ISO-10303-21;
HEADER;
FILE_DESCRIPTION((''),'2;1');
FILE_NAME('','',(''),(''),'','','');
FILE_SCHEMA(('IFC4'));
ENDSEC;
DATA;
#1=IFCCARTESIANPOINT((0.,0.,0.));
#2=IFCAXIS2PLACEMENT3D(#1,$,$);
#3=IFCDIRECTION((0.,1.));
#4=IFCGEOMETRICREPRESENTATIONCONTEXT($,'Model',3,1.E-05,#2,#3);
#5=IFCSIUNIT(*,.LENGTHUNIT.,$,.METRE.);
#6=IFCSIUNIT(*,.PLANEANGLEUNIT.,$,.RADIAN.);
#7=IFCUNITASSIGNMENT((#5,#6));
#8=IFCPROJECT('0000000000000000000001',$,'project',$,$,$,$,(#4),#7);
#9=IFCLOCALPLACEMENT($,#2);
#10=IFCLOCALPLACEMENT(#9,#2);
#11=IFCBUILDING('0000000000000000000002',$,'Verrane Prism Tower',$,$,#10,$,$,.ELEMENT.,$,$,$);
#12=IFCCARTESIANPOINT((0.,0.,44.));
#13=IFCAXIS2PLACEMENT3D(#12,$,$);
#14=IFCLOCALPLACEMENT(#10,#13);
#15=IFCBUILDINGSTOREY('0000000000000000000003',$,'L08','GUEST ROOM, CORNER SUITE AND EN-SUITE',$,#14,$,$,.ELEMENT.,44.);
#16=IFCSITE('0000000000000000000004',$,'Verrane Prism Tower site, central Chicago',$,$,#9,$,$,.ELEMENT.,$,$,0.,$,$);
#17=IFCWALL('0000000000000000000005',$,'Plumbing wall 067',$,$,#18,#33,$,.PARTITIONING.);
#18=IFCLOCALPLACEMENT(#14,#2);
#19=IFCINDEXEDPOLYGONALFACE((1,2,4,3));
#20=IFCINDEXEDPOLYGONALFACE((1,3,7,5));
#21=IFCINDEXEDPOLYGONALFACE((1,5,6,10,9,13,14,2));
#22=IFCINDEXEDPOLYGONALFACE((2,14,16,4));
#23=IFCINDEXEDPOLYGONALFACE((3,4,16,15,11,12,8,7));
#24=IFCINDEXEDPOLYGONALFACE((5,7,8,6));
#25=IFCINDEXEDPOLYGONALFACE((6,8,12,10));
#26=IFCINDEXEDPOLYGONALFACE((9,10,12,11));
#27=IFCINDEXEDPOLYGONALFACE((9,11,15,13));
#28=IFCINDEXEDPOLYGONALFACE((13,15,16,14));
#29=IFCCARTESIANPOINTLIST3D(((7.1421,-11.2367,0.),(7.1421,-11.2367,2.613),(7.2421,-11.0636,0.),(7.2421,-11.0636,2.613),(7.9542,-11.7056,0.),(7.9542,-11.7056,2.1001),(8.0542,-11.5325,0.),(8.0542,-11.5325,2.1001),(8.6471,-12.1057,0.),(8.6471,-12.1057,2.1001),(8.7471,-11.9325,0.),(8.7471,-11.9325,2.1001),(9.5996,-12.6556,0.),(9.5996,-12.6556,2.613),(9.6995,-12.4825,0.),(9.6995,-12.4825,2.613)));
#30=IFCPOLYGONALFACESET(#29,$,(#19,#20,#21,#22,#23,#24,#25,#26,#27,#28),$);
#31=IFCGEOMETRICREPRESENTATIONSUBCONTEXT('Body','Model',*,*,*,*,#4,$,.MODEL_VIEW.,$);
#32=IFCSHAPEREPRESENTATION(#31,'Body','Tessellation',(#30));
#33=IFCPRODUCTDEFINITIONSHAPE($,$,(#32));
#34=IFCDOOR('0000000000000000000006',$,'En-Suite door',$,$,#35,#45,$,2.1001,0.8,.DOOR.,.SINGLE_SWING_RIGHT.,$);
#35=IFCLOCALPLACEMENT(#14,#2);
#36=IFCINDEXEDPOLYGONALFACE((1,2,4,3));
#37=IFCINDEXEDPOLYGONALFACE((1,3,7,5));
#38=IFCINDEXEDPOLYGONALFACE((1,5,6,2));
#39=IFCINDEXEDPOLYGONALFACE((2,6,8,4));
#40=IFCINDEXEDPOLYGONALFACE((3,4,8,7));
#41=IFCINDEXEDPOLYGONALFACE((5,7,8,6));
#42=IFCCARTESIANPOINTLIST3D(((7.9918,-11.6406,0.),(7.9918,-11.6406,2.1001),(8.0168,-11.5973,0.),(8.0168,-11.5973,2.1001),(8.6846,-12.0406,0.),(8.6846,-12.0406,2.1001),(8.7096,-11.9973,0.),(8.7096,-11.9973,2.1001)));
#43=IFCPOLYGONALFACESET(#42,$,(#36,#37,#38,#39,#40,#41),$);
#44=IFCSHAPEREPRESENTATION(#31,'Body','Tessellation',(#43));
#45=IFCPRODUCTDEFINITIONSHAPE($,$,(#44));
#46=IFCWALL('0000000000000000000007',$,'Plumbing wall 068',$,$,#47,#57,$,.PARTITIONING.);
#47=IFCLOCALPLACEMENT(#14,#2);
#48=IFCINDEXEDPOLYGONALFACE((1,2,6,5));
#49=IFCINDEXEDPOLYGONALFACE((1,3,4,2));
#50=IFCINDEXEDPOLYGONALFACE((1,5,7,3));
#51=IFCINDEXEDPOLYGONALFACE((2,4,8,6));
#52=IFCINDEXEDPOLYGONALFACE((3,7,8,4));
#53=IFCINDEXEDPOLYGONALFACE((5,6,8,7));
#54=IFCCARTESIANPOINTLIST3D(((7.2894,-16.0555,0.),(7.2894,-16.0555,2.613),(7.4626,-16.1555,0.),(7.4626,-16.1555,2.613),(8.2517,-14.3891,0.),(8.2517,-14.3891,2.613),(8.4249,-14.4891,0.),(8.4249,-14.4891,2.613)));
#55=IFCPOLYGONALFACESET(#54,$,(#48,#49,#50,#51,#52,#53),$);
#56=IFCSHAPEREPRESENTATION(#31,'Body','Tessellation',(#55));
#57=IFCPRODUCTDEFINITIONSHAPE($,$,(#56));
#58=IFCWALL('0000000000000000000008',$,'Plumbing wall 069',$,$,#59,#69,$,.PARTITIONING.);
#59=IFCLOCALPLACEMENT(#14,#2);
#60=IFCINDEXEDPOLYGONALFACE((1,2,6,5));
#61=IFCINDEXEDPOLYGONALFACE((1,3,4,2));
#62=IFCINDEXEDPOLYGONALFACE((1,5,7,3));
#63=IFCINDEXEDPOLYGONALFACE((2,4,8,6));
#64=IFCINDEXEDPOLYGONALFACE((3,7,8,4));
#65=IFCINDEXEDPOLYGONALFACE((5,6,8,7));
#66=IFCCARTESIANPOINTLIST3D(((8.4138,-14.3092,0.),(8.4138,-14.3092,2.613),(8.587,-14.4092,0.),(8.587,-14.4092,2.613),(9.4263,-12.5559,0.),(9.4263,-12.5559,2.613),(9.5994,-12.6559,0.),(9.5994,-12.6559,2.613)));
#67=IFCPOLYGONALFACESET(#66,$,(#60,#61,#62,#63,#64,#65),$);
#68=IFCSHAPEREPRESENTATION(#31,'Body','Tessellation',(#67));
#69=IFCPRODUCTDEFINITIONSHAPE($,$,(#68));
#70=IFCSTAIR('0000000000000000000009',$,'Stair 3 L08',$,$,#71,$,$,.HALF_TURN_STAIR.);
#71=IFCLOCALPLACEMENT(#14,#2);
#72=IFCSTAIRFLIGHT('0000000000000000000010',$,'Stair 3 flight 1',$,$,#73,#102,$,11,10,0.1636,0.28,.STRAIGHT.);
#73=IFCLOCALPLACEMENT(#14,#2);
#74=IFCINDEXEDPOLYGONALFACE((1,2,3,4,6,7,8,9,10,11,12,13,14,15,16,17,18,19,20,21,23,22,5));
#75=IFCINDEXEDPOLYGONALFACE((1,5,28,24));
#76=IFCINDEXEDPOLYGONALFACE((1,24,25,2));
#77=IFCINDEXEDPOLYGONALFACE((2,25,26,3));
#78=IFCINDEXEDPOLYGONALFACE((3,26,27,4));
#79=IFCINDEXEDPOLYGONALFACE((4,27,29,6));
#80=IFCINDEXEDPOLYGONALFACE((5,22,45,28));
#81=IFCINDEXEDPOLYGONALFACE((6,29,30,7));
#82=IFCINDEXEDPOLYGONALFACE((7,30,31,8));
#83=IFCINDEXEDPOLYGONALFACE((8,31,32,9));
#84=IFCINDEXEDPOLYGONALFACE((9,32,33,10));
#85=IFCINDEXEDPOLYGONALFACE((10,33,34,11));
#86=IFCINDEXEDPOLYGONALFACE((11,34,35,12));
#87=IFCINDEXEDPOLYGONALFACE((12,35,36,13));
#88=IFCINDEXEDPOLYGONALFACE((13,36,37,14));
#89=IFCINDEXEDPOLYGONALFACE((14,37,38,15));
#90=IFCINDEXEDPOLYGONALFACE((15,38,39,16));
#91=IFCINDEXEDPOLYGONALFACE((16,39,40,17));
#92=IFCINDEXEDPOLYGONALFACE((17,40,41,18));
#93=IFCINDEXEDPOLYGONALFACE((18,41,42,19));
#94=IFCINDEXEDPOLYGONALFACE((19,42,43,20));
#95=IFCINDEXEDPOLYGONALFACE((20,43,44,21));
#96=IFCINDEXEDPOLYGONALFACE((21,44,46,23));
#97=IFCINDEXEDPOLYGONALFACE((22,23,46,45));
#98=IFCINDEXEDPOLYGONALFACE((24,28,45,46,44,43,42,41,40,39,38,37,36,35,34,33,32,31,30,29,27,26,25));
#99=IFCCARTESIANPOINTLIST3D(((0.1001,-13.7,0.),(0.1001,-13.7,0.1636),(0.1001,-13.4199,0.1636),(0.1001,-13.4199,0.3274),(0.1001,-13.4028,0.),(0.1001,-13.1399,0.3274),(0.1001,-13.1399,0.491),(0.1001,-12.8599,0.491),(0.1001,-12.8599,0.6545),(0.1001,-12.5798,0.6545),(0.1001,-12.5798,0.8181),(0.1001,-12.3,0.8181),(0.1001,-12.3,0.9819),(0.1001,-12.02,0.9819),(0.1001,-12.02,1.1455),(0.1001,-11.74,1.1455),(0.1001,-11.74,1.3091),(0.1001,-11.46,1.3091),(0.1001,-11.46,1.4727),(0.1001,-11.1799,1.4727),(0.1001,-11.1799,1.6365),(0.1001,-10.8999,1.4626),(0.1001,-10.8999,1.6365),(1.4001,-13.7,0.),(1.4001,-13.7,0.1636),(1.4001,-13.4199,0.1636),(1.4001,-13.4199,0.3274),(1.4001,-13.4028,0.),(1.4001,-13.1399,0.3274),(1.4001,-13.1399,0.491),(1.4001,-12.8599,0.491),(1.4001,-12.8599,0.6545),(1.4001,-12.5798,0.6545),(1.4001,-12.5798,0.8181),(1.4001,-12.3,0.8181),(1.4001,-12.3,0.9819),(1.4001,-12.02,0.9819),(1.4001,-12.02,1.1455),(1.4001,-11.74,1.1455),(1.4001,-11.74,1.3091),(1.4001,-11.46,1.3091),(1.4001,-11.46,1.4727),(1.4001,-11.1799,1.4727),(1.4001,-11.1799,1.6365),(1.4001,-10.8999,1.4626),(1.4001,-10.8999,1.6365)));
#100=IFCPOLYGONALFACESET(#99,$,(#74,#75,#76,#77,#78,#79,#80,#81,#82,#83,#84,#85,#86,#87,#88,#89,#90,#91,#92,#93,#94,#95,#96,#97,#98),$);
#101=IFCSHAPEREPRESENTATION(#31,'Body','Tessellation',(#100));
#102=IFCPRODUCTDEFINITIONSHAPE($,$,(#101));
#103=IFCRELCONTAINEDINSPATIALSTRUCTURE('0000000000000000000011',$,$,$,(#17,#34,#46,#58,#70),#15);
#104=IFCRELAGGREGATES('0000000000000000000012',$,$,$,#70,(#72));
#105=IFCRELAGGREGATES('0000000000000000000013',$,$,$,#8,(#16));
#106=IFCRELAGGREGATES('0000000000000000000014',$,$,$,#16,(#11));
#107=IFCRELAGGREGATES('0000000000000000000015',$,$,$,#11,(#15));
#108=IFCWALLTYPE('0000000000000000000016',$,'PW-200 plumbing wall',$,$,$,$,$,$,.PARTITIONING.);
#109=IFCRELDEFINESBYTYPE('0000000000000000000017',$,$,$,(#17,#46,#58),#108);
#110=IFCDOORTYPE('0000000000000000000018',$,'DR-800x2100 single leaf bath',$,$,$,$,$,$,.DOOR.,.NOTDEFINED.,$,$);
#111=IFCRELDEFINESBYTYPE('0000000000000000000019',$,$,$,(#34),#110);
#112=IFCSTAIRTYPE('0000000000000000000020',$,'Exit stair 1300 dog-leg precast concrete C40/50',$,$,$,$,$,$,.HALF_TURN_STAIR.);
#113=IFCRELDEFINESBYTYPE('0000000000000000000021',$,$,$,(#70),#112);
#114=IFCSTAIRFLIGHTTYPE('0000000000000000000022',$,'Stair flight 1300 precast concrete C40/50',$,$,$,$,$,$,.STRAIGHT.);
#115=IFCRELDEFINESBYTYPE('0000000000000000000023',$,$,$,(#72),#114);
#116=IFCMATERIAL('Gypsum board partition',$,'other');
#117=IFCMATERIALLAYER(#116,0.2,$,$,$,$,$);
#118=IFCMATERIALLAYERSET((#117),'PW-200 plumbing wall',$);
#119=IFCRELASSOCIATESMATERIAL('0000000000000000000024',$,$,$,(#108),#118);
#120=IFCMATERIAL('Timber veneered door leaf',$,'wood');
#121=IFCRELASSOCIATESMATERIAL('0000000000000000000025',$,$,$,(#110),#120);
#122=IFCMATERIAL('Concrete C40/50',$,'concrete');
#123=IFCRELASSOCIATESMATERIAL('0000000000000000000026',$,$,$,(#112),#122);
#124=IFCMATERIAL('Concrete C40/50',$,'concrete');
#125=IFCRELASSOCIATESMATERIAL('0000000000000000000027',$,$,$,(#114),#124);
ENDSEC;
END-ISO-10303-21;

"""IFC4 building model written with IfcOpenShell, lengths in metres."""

from ifc_helpers import new_model, si_unit, direction, frame, frame_2d, origin, place, context, subcontext, project, spatial, polyline, rectangle, outline, extrude, material, layer, layer_set, type_object, element, fill, aggregate, save


model = new_model("IFC4")

# Units and contexts
model_context = context("Model", 3, precision=1e-05, world=origin(), true_north=direction((0.0, 1.0)))
body_context = subcontext(model_context, "Body", "Model", "MODEL_VIEW")
ifc_project = project(units=[si_unit("LENGTHUNIT", "METRE"), si_unit("PLANEANGLEUNIT", "RADIAN")], contexts=[model_context])

# Site, building, storey
site_placement = place(None, origin())
site = spatial("IfcSite", under=ifc_project, at=site_placement, Name="Verrane Prism Tower site, central Chicago", CompositionType="ELEMENT", RefElevation=0.0)
building_placement = place(site_placement, origin())
building = spatial("IfcBuilding", under=site, at=building_placement, Name="Verrane Prism Tower", CompositionType="ELEMENT")
storey_placement = place(building_placement, frame((0.0, 0.0, 44.0)))
storey = spatial("IfcBuildingStorey", under=building, at=storey_placement, Name="L08", Description="GUEST ROOM, CORNER SUITE AND EN-SUITE", CompositionType="ELEMENT", Elevation=44.0)

# Wall, opening, door
ifc_material_1 = material(Name="Gypsum board partition", Category="other")
ifc_layer_1 = layer(ifc_material_1, 0.2)
ifc_layer_set_1 = layer_set([ifc_layer_1], Name="PW-200 plumbing wall")
wall_type_1 = type_object("IfcWallType", Name="PW-200 plumbing wall", PredefinedType="PARTITIONING", material=ifc_layer_set_1)
ifc_material_2 = material(Name="Timber veneered door leaf", Category="wood")
door_type_1 = type_object("IfcDoorType", Name="DR-800x2100 single leaf bath", OperationType="NOTDEFINED", PredefinedType="DOOR", material=ifc_material_2)
wall_1_placement = place(storey_placement, frame((9.6497, -12.5691, 0.0), z_axis=(0.0, 0.0, 1.0), x_axis=(-0.866011, 0.500025, 0.0)))
wall_1 = element("IfcWall", 1, at=wall_1_placement, inside=storey, type_object=wall_type_1, Name="Plumbing wall 067", PredefinedType="PARTITIONING", context=body_context, shape_type="SweptSolid", body=[
    extrude(rectangle(XDim=2.8376, YDim=0.2, at=frame_2d((1.4189, 0.0))), origin(), (0.0, 0.0, 1.0), 2.613),
])
opening_1_placement = place(wall_1_placement, frame((1.1001, 0.0, 0.0)))
opening_1 = element("IfcOpeningElement", 2, at=opening_1_placement, cuts=wall_1, PredefinedType="OPENING", context=body_context, shape_type="SweptSolid", body=[
    extrude(rectangle(XDim=0.8, YDim=2.1001, at=frame_2d((0.3999, 1.05))), frame((0.0, 0.1099, 0.0), z_axis=(0.0, -1.0, 0.0), x_axis=(1.0, 0.0, 0.0)), (0.0, 0.0, 1.0), 0.22),
])
door_1_placement = place(opening_1_placement, origin())
door_1 = element("IfcDoor", 3, at=door_1_placement, inside=storey, type_object=door_type_1, Name="En-Suite door", OperationType="SINGLE_SWING_RIGHT", OverallHeight=2.1001, OverallWidth=0.8, PredefinedType="DOOR", context=body_context, shape_type="SweptSolid", body=[
    extrude(rectangle(XDim=0.8, YDim=2.1001, at=frame_2d((0.3999, 1.05))), frame((0.0, 0.0249, 0.0), z_axis=(0.0, -1.0, 0.0), x_axis=(1.0, 0.0, 0.0)), (0.0, 0.0, 1.0), 0.05),
])
fill(opening_1, door_1)

# Walls
wall_2_placement = place(storey_placement, frame((7.376, -16.1055, 0.0), z_axis=(0.0, 0.0, 1.0), x_axis=(0.500096, 0.86597, 0.0)))
element("IfcWall", 4, at=wall_2_placement, inside=storey, type_object=wall_type_1, Name="Plumbing wall 068", PredefinedType="PARTITIONING", context=body_context, shape_type="SweptSolid", body=[
    extrude(rectangle(XDim=1.9243, YDim=0.2, at=frame_2d((0.9622, 0.0))), origin(), (0.0, 0.0, 1.0), 2.613),
])
wall_3_placement = place(storey_placement, frame((8.5005, -14.3591, 0.0), z_axis=(0.0, 0.0, 1.0), x_axis=(0.500043, 0.866001, 0.0)))
element("IfcWall", 5, at=wall_3_placement, inside=storey, type_object=wall_type_1, Name="Plumbing wall 069", PredefinedType="PARTITIONING", context=body_context, shape_type="SweptSolid", body=[
    extrude(rectangle(XDim=2.0247, YDim=0.2, at=frame_2d((1.0122, 0.0))), origin(), (0.0, 0.0, 1.0), 2.613),
])

# Stair, stair flight
ifc_material_3 = material(Name="Concrete C40/50", Category="concrete")
stair_type = type_object("IfcStairType", Name="Exit stair 1300 dog-leg precast concrete C40/50", PredefinedType="HALF_TURN_STAIR", material=ifc_material_3)
stair_placement = place(storey_placement, origin())
stair = element("IfcStair", 6, at=stair_placement, inside=storey, type_object=stair_type, Name="Stair 3 L08", PredefinedType="HALF_TURN_STAIR")
ifc_material_4 = material(Name="Concrete C40/50", Category="concrete")
stair_flight_type = type_object("IfcStairFlightType", Name="Stair flight 1300 precast concrete C40/50", PredefinedType="STRAIGHT", material=ifc_material_4)
stair_flight_placement = place(storey_placement, frame((0.75, -13.7, 0.0), z_axis=(0.0, 0.0, 1.0), x_axis=(0.0, 1.0, 0.0)))
stair_flight = element("IfcStairFlight", 7, at=stair_flight_placement, type_object=stair_flight_type, Name="Stair 3 flight 1", NumberOfRisers=11, NumberOfTreads=10, PredefinedType="STRAIGHT", RiserHeight=0.1636, TreadLength=0.28, context=body_context, shape_type="SweptSolid", body=[
    extrude(outline(polyline([(0.0, 0.0), (0.0, 0.1636), (0.28, 0.1636), (0.28, 0.3274), (0.5601, 0.3274), (0.5601, 0.491), (0.8401, 0.491), (0.8401, 0.6545), (1.1201, 0.6545), (1.1201, 0.8181), (1.3999, 0.8181), (1.3999, 0.9819), (1.6799, 0.9819), (1.6799, 1.1455), (1.96, 1.1455), (1.96, 1.3091), (2.24, 1.3091), (2.24, 1.4727), (2.52, 1.4727), (2.52, 1.6365), (2.8, 1.6365), (2.8, 1.8), (2.8, 1.4626), (0.2971, 0.0), (0.0, 0.0)])), frame((0.0, 0.6499, 0.0), z_axis=(0.0, -1.0, 0.0), x_axis=(1.0, 0.0, 0.0)), (0.0, 0.0, 1.0), 1.3),
])
aggregate(stair, [stair_flight])

save(model, "model.ifc")
